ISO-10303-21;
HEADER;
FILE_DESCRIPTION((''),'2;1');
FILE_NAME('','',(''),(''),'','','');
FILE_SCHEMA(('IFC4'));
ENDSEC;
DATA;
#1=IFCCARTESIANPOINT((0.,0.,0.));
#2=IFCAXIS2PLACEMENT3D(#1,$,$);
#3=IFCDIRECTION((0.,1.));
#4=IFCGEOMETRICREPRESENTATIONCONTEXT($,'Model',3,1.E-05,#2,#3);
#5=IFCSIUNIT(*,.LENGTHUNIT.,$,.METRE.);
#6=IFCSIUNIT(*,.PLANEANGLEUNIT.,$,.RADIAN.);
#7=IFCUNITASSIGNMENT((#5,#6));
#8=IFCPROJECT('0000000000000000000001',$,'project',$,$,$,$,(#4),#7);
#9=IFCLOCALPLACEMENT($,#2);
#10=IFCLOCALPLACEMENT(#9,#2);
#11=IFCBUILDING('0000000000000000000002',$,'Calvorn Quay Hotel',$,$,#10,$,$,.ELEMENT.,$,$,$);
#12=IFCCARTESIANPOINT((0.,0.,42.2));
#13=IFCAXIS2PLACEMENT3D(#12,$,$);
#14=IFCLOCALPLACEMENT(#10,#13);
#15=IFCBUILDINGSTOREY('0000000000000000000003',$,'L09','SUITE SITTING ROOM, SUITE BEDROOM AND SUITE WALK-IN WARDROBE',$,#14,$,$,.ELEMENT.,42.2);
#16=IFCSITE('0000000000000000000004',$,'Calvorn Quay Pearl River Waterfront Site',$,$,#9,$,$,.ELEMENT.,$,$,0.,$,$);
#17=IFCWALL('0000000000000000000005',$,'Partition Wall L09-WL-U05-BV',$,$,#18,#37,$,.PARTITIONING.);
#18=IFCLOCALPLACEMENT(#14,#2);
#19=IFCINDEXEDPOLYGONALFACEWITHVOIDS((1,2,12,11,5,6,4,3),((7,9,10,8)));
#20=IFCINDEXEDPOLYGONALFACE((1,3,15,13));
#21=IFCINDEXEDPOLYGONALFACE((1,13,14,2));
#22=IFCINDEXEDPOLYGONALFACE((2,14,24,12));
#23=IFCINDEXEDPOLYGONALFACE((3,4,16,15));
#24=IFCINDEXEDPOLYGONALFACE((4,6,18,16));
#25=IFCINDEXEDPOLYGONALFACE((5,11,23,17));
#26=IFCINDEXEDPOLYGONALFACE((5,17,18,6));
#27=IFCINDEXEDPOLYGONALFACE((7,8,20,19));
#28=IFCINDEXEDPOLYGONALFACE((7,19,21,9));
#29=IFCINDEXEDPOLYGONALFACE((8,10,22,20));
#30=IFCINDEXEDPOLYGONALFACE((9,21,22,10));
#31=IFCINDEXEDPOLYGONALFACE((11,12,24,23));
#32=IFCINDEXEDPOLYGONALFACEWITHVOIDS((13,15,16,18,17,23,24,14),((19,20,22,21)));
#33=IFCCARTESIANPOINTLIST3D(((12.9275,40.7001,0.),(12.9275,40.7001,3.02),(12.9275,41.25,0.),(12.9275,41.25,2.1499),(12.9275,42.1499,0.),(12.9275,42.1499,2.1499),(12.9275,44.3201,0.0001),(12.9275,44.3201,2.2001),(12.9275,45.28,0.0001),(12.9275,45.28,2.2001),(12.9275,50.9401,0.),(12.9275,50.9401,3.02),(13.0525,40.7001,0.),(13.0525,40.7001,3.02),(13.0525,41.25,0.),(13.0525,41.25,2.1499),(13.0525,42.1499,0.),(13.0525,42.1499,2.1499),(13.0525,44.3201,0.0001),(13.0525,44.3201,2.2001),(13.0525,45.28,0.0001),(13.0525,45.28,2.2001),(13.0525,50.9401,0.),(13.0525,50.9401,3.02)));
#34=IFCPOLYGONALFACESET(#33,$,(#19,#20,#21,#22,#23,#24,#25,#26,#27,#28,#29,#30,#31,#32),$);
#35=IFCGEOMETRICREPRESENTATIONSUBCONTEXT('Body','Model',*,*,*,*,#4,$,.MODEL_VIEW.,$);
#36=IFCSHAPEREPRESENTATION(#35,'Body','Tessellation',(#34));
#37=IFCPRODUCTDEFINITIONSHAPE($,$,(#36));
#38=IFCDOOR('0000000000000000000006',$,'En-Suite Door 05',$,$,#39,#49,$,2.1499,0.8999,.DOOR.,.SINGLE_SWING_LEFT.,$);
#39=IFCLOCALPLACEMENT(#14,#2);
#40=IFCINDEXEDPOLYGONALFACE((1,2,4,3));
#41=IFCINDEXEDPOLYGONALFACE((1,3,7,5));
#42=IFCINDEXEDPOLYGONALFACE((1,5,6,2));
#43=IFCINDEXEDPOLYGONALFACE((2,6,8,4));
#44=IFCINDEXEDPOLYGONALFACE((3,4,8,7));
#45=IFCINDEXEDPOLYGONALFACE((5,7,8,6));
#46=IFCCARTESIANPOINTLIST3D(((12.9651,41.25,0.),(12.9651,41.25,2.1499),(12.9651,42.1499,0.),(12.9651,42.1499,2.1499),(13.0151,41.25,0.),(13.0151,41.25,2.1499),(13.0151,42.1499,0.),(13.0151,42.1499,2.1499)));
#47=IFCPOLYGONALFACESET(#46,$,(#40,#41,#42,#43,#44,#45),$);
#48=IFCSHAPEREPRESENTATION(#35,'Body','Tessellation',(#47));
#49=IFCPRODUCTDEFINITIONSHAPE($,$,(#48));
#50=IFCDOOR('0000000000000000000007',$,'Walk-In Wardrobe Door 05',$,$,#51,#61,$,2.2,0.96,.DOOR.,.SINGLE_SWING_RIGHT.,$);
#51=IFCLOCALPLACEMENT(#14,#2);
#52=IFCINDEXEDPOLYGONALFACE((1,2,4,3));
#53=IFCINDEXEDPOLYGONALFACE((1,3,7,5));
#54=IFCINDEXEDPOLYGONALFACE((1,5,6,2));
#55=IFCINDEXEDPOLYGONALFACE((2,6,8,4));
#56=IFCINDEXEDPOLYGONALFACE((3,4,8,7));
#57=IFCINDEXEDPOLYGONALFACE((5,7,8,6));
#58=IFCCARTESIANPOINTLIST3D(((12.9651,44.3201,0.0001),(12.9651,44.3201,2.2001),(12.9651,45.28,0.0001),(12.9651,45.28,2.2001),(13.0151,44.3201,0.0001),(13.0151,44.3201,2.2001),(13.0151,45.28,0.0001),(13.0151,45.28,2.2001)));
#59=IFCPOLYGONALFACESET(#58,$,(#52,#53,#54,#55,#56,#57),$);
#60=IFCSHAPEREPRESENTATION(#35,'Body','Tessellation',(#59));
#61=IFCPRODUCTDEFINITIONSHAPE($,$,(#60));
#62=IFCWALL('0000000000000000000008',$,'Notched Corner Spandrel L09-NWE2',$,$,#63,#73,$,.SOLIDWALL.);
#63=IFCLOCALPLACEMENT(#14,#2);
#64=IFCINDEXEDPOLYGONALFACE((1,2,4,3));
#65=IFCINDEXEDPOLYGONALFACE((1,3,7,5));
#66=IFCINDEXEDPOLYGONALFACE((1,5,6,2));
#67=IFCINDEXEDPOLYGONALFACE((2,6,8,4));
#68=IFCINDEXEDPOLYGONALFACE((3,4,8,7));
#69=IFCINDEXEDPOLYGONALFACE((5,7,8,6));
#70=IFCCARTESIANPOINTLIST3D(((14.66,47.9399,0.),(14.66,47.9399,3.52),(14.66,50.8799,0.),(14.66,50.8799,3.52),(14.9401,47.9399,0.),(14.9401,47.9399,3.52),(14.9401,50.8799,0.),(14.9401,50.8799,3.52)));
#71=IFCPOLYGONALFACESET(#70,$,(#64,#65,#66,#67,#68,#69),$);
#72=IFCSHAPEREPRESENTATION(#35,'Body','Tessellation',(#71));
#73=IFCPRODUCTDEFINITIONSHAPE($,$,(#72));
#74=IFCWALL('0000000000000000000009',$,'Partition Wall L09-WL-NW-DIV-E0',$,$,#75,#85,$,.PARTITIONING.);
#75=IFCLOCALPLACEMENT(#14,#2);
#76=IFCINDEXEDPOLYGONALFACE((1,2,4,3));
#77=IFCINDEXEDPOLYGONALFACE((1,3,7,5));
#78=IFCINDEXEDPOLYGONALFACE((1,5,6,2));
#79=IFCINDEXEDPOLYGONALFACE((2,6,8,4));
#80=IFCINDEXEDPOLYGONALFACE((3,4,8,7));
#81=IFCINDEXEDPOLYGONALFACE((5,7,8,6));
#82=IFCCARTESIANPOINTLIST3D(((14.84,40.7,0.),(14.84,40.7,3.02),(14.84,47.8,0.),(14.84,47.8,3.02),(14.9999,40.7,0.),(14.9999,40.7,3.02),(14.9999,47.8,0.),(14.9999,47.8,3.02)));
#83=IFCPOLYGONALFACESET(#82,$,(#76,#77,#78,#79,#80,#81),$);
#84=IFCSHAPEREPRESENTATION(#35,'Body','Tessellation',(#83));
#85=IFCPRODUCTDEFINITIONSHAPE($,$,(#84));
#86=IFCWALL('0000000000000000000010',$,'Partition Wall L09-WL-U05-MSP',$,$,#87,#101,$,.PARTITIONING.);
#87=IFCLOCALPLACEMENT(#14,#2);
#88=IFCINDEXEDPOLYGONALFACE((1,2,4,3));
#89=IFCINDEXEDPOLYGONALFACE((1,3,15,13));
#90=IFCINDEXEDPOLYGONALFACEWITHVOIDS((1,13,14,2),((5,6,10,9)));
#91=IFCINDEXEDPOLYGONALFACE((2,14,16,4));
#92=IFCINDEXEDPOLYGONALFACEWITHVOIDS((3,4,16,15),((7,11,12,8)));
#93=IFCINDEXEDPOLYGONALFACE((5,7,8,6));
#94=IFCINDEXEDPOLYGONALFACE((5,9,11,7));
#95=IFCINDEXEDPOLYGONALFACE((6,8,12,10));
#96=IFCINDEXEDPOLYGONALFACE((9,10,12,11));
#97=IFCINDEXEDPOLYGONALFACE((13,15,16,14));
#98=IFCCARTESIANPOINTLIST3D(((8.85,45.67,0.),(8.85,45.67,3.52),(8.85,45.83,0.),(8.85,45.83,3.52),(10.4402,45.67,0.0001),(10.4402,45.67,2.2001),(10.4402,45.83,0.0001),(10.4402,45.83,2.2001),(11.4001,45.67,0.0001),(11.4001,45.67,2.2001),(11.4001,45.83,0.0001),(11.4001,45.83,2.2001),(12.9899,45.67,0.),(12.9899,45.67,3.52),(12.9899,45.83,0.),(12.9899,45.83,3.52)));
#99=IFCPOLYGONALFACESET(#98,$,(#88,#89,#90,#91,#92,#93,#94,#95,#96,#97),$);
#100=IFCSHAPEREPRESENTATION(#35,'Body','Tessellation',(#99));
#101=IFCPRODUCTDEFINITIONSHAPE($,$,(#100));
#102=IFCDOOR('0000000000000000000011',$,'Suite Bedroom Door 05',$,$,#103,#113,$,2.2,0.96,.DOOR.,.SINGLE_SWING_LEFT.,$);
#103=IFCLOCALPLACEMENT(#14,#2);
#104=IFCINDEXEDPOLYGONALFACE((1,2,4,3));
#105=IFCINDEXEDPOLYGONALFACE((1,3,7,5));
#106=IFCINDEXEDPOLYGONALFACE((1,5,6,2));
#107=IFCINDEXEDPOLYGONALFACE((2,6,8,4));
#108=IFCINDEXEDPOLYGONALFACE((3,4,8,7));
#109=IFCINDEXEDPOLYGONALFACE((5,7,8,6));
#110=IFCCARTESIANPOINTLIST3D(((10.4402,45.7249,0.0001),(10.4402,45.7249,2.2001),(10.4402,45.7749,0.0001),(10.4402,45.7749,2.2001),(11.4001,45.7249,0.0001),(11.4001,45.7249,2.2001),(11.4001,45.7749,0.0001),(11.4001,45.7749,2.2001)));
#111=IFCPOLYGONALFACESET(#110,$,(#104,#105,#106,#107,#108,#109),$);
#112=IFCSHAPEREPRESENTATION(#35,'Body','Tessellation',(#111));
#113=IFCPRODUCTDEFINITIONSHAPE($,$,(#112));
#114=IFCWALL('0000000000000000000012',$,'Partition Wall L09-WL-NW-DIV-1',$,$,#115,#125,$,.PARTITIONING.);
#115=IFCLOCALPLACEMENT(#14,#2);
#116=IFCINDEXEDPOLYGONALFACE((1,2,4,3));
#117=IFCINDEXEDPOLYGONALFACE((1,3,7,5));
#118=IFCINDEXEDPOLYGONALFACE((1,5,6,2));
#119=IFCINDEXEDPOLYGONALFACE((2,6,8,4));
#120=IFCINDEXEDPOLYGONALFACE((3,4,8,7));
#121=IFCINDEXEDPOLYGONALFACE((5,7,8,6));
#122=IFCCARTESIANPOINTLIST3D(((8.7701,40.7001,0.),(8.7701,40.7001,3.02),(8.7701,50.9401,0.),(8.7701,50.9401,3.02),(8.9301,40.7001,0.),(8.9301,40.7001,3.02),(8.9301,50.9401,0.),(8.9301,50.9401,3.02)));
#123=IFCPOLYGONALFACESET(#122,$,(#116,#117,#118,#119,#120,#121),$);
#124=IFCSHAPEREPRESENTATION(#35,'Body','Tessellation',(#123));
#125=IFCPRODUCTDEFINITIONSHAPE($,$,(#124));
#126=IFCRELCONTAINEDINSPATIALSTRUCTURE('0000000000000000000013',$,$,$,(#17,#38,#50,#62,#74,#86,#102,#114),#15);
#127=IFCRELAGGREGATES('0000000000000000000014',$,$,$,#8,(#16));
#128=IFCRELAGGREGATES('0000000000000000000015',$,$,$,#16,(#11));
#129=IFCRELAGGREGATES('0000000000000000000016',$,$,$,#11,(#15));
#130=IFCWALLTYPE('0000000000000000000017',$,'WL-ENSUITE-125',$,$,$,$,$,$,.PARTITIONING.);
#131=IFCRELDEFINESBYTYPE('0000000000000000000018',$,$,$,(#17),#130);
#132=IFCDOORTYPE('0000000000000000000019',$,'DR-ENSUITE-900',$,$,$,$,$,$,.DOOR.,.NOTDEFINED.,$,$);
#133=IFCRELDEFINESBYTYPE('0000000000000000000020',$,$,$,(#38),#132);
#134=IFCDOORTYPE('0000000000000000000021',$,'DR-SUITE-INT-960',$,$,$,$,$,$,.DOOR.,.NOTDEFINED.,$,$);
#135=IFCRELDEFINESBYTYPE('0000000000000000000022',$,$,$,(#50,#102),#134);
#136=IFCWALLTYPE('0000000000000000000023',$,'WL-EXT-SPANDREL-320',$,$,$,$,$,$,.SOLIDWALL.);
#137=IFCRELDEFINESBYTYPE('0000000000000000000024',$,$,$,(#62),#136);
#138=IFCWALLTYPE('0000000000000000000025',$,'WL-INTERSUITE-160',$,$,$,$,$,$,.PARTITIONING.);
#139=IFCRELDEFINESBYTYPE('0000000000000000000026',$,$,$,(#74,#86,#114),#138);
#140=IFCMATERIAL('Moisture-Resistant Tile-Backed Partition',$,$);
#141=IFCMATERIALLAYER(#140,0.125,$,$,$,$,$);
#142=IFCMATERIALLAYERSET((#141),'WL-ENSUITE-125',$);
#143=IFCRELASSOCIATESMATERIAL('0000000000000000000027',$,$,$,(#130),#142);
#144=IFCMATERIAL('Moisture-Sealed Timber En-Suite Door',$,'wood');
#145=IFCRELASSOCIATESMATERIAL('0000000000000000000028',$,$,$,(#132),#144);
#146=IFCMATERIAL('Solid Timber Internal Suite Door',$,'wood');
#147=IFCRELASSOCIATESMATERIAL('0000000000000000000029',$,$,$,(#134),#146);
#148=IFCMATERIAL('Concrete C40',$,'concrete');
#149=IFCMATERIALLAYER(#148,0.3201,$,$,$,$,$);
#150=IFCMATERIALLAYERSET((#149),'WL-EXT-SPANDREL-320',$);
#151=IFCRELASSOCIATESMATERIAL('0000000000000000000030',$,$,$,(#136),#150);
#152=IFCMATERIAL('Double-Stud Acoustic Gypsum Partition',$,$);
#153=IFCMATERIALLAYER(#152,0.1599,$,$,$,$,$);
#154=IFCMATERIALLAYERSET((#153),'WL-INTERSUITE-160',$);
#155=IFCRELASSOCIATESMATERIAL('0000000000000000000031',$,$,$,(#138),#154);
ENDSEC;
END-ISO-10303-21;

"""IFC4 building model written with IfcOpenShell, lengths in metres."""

from ifc_helpers import new_model, si_unit, direction, frame, frame_2d, origin, place, context, subcontext, project, spatial, rectangle, extrude, material, layer, layer_set, type_object, element, fill, save


model = new_model("IFC4")

# Units and contexts
model_context = context("Model", 3, precision=1e-05, world=origin(), true_north=direction((0.0, 1.0)))
body_context = subcontext(model_context, "Body", "Model", "MODEL_VIEW")
ifc_project = project(units=[si_unit("LENGTHUNIT", "METRE"), si_unit("PLANEANGLEUNIT", "RADIAN")], contexts=[model_context])

# Site, building, storey
site_placement = place(None, origin())
site = spatial("IfcSite", under=ifc_project, at=site_placement, Name="Calvorn Quay Pearl River Waterfront Site", CompositionType="ELEMENT", RefElevation=0.0)
building_placement = place(site_placement, origin())
building = spatial("IfcBuilding", under=site, at=building_placement, Name="Calvorn Quay Hotel", CompositionType="ELEMENT")
storey_placement = place(building_placement, frame((0.0, 0.0, 42.2)))
storey = spatial("IfcBuildingStorey", under=building, at=storey_placement, Name="L09", Description="SUITE SITTING ROOM, SUITE BEDROOM AND SUITE WALK-IN WARDROBE", CompositionType="ELEMENT", Elevation=42.2)

# Shared definitions
ifc_material_1 = material(Name="Moisture-Resistant Tile-Backed Partition")
ifc_layer_1 = layer(ifc_material_1, 0.125)
ifc_layer_set_1 = layer_set([ifc_layer_1], Name="WL-ENSUITE-125")
wall_type_1 = type_object("IfcWallType", Name="WL-ENSUITE-125", PredefinedType="PARTITIONING", material=ifc_layer_set_1)

# Shared definitions
ifc_material_2 = material(Name="Moisture-Sealed Timber En-Suite Door", Category="wood")
door_type_1 = type_object("IfcDoorType", Name="DR-ENSUITE-900", OperationType="NOTDEFINED", PredefinedType="DOOR", material=ifc_material_2)
ifc_material_3 = material(Name="Solid Timber Internal Suite Door", Category="wood")
door_type_2 = type_object("IfcDoorType", Name="DR-SUITE-INT-960", OperationType="NOTDEFINED", PredefinedType="DOOR", material=ifc_material_3)

# Wall, openings, doors
wall_1_placement = place(storey_placement, frame((12.99, 40.7, 0.0), z_axis=(0.0, 0.0, 1.0), x_axis=(0.0, 1.0, 0.0)))
wall_1 = element("IfcWall", 1, at=wall_1_placement, inside=storey, type_object=wall_type_1, Name="Partition Wall L09-WL-U05-BV", PredefinedType="PARTITIONING", context=body_context, shape_type="SweptSolid", body=[
    extrude(rectangle(XDim=10.24, YDim=0.125, at=frame_2d((5.1201, 0.0))), origin(), (0.0, 0.0, 1.0), 3.02),
])
opening_1_placement = place(wall_1_placement, frame((0.55, 0.0, 0.0)))
opening_1 = element("IfcOpeningElement", 2, at=opening_1_placement, cuts=wall_1, PredefinedType="OPENING", context=body_context, shape_type="SweptSolid", body=[
    extrude(rectangle(XDim=0.8999, YDim=2.1499, at=frame_2d((0.45, 1.075))), frame((0.0, 0.0725, 0.0), z_axis=(0.0, -1.0, 0.0), x_axis=(1.0, 0.0, 0.0)), (0.0, 0.0, 1.0), 0.145),
])
opening_2_placement = place(wall_1_placement, frame((3.6201, 0.0, 0.0)))
opening_2 = element("IfcOpeningElement", 3, at=opening_2_placement, cuts=wall_1, PredefinedType="OPENING", context=body_context, shape_type="SweptSolid", body=[
    extrude(rectangle(XDim=0.96, YDim=2.2, at=frame_2d((0.48, 1.1001))), frame((0.0, 0.0725, 0.0), z_axis=(0.0, -1.0, 0.0), x_axis=(1.0, 0.0, 0.0)), (0.0, 0.0, 1.0), 0.145),
])
door_1_placement = place(opening_1_placement, origin())
door_1 = element("IfcDoor", 4, at=door_1_placement, inside=storey, type_object=door_type_1, Name="En-Suite Door 05", OperationType="SINGLE_SWING_LEFT", OverallHeight=2.1499, OverallWidth=0.8999, PredefinedType="DOOR", context=body_context, shape_type="SweptSolid", body=[
    extrude(rectangle(XDim=0.8999, YDim=2.1499, at=frame_2d((0.45, 1.075))), frame((0.0, 0.0249, 0.0), z_axis=(0.0, -1.0, 0.0), x_axis=(1.0, 0.0, 0.0)), (0.0, 0.0, 1.0), 0.05),
])
fill(opening_1, door_1)
door_2_placement = place(opening_2_placement, origin())
door_2 = element("IfcDoor", 5, at=door_2_placement, inside=storey, type_object=door_type_2, Name="Walk-In Wardrobe Door 05", OperationType="SINGLE_SWING_RIGHT", OverallHeight=2.2, OverallWidth=0.96, PredefinedType="DOOR", context=body_context, shape_type="SweptSolid", body=[
    extrude(rectangle(XDim=0.96, YDim=2.2, at=frame_2d((0.48, 1.1001))), frame((0.0, 0.0249, 0.0), z_axis=(0.0, -1.0, 0.0), x_axis=(1.0, 0.0, 0.0)), (0.0, 0.0, 1.0), 0.05),
])
fill(opening_2, door_2)

# Walls
ifc_material_4 = material(Name="Concrete C40", Category="concrete")
ifc_layer_2 = layer(ifc_material_4, 0.3201)
ifc_layer_set_2 = layer_set([ifc_layer_2], Name="WL-EXT-SPANDREL-320")
wall_type_2 = type_object("IfcWallType", Name="WL-EXT-SPANDREL-320", PredefinedType="SOLIDWALL", material=ifc_layer_set_2)
wall_2_placement = place(storey_placement, frame((14.8, 47.9399, 0.0), z_axis=(0.0, 0.0, 1.0), x_axis=(0.0, 1.0, 0.0)))
element("IfcWall", 6, at=wall_2_placement, inside=storey, type_object=wall_type_2, Name="Notched Corner Spandrel L09-NWE2", PredefinedType="SOLIDWALL", context=body_context, shape_type="SweptSolid", body=[
    extrude(rectangle(XDim=2.9399, YDim=0.28, at=frame_2d((1.47, 0.0))), origin(), (0.0, 0.0, 1.0), 3.52),
])
ifc_material_5 = material(Name="Double-Stud Acoustic Gypsum Partition")
ifc_layer_3 = layer(ifc_material_5, 0.1599)
ifc_layer_set_3 = layer_set([ifc_layer_3], Name="WL-INTERSUITE-160")
wall_type_3 = type_object("IfcWallType", Name="WL-INTERSUITE-160", PredefinedType="PARTITIONING", material=ifc_layer_set_3)
wall_3_placement = place(storey_placement, frame((14.9199, 40.7, 0.0), z_axis=(0.0, 0.0, 1.0), x_axis=(0.0, 1.0, 0.0)))
element("IfcWall", 7, at=wall_3_placement, inside=storey, type_object=wall_type_3, Name="Partition Wall L09-WL-NW-DIV-E0", PredefinedType="PARTITIONING", context=body_context, shape_type="SweptSolid", body=[
    extrude(rectangle(XDim=7.1001, YDim=0.1599, at=frame_2d((3.55, 0.0))), origin(), (0.0, 0.0, 1.0), 3.02),
])

# Wall, opening, door
wall_4_placement = place(storey_placement, frame((8.8501, 45.75, 0.0), z_axis=(0.0, 0.0, 1.0), x_axis=(1.0, 0.0, 0.0)))
wall_4 = element("IfcWall", 8, at=wall_4_placement, inside=storey, type_object=wall_type_3, Name="Partition Wall L09-WL-U05-MSP", PredefinedType="PARTITIONING", context=body_context, shape_type="SweptSolid", body=[
    extrude(rectangle(XDim=4.1399, YDim=0.1599, at=frame_2d((2.0698, 0.0))), origin(), (0.0, 0.0, 1.0), 3.52),
])
opening_3_placement = place(wall_4_placement, frame((1.5901, 0.0, 0.0)))
opening_3 = element("IfcOpeningElement", 9, at=opening_3_placement, cuts=wall_4, PredefinedType="OPENING", context=body_context, shape_type="SweptSolid", body=[
    extrude(rectangle(XDim=0.96, YDim=2.2, at=frame_2d((0.48, 1.1001))), frame((0.0, 0.0898, 0.0), z_axis=(0.0, -1.0, 0.0), x_axis=(1.0, 0.0, 0.0)), (0.0, 0.0, 1.0), 0.1799),
])
door_3_placement = place(opening_3_placement, origin())
door_3 = element("IfcDoor", 10, at=door_3_placement, inside=storey, type_object=door_type_2, Name="Suite Bedroom Door 05", OperationType="SINGLE_SWING_LEFT", OverallHeight=2.2, OverallWidth=0.96, PredefinedType="DOOR", context=body_context, shape_type="SweptSolid", body=[
    extrude(rectangle(XDim=0.96, YDim=2.2, at=frame_2d((0.48, 1.1001))), frame((0.0, 0.0249, 0.0), z_axis=(0.0, -1.0, 0.0), x_axis=(1.0, 0.0, 0.0)), (0.0, 0.0, 1.0), 0.05),
])
fill(opening_3, door_3)

# Wall
wall_5_placement = place(storey_placement, frame((8.8501, 40.7, 0.0), z_axis=(0.0, 0.0, 1.0), x_axis=(0.0, 1.0, 0.0)))
element("IfcWall", 11, at=wall_5_placement, inside=storey, type_object=wall_type_3, Name="Partition Wall L09-WL-NW-DIV-1", PredefinedType="PARTITIONING", context=body_context, shape_type="SweptSolid", body=[
    extrude(rectangle(XDim=10.24, YDim=0.1599, at=frame_2d((5.1201, 0.0))), origin(), (0.0, 0.0, 1.0), 3.02),
])

save(model, "model.ifc")
